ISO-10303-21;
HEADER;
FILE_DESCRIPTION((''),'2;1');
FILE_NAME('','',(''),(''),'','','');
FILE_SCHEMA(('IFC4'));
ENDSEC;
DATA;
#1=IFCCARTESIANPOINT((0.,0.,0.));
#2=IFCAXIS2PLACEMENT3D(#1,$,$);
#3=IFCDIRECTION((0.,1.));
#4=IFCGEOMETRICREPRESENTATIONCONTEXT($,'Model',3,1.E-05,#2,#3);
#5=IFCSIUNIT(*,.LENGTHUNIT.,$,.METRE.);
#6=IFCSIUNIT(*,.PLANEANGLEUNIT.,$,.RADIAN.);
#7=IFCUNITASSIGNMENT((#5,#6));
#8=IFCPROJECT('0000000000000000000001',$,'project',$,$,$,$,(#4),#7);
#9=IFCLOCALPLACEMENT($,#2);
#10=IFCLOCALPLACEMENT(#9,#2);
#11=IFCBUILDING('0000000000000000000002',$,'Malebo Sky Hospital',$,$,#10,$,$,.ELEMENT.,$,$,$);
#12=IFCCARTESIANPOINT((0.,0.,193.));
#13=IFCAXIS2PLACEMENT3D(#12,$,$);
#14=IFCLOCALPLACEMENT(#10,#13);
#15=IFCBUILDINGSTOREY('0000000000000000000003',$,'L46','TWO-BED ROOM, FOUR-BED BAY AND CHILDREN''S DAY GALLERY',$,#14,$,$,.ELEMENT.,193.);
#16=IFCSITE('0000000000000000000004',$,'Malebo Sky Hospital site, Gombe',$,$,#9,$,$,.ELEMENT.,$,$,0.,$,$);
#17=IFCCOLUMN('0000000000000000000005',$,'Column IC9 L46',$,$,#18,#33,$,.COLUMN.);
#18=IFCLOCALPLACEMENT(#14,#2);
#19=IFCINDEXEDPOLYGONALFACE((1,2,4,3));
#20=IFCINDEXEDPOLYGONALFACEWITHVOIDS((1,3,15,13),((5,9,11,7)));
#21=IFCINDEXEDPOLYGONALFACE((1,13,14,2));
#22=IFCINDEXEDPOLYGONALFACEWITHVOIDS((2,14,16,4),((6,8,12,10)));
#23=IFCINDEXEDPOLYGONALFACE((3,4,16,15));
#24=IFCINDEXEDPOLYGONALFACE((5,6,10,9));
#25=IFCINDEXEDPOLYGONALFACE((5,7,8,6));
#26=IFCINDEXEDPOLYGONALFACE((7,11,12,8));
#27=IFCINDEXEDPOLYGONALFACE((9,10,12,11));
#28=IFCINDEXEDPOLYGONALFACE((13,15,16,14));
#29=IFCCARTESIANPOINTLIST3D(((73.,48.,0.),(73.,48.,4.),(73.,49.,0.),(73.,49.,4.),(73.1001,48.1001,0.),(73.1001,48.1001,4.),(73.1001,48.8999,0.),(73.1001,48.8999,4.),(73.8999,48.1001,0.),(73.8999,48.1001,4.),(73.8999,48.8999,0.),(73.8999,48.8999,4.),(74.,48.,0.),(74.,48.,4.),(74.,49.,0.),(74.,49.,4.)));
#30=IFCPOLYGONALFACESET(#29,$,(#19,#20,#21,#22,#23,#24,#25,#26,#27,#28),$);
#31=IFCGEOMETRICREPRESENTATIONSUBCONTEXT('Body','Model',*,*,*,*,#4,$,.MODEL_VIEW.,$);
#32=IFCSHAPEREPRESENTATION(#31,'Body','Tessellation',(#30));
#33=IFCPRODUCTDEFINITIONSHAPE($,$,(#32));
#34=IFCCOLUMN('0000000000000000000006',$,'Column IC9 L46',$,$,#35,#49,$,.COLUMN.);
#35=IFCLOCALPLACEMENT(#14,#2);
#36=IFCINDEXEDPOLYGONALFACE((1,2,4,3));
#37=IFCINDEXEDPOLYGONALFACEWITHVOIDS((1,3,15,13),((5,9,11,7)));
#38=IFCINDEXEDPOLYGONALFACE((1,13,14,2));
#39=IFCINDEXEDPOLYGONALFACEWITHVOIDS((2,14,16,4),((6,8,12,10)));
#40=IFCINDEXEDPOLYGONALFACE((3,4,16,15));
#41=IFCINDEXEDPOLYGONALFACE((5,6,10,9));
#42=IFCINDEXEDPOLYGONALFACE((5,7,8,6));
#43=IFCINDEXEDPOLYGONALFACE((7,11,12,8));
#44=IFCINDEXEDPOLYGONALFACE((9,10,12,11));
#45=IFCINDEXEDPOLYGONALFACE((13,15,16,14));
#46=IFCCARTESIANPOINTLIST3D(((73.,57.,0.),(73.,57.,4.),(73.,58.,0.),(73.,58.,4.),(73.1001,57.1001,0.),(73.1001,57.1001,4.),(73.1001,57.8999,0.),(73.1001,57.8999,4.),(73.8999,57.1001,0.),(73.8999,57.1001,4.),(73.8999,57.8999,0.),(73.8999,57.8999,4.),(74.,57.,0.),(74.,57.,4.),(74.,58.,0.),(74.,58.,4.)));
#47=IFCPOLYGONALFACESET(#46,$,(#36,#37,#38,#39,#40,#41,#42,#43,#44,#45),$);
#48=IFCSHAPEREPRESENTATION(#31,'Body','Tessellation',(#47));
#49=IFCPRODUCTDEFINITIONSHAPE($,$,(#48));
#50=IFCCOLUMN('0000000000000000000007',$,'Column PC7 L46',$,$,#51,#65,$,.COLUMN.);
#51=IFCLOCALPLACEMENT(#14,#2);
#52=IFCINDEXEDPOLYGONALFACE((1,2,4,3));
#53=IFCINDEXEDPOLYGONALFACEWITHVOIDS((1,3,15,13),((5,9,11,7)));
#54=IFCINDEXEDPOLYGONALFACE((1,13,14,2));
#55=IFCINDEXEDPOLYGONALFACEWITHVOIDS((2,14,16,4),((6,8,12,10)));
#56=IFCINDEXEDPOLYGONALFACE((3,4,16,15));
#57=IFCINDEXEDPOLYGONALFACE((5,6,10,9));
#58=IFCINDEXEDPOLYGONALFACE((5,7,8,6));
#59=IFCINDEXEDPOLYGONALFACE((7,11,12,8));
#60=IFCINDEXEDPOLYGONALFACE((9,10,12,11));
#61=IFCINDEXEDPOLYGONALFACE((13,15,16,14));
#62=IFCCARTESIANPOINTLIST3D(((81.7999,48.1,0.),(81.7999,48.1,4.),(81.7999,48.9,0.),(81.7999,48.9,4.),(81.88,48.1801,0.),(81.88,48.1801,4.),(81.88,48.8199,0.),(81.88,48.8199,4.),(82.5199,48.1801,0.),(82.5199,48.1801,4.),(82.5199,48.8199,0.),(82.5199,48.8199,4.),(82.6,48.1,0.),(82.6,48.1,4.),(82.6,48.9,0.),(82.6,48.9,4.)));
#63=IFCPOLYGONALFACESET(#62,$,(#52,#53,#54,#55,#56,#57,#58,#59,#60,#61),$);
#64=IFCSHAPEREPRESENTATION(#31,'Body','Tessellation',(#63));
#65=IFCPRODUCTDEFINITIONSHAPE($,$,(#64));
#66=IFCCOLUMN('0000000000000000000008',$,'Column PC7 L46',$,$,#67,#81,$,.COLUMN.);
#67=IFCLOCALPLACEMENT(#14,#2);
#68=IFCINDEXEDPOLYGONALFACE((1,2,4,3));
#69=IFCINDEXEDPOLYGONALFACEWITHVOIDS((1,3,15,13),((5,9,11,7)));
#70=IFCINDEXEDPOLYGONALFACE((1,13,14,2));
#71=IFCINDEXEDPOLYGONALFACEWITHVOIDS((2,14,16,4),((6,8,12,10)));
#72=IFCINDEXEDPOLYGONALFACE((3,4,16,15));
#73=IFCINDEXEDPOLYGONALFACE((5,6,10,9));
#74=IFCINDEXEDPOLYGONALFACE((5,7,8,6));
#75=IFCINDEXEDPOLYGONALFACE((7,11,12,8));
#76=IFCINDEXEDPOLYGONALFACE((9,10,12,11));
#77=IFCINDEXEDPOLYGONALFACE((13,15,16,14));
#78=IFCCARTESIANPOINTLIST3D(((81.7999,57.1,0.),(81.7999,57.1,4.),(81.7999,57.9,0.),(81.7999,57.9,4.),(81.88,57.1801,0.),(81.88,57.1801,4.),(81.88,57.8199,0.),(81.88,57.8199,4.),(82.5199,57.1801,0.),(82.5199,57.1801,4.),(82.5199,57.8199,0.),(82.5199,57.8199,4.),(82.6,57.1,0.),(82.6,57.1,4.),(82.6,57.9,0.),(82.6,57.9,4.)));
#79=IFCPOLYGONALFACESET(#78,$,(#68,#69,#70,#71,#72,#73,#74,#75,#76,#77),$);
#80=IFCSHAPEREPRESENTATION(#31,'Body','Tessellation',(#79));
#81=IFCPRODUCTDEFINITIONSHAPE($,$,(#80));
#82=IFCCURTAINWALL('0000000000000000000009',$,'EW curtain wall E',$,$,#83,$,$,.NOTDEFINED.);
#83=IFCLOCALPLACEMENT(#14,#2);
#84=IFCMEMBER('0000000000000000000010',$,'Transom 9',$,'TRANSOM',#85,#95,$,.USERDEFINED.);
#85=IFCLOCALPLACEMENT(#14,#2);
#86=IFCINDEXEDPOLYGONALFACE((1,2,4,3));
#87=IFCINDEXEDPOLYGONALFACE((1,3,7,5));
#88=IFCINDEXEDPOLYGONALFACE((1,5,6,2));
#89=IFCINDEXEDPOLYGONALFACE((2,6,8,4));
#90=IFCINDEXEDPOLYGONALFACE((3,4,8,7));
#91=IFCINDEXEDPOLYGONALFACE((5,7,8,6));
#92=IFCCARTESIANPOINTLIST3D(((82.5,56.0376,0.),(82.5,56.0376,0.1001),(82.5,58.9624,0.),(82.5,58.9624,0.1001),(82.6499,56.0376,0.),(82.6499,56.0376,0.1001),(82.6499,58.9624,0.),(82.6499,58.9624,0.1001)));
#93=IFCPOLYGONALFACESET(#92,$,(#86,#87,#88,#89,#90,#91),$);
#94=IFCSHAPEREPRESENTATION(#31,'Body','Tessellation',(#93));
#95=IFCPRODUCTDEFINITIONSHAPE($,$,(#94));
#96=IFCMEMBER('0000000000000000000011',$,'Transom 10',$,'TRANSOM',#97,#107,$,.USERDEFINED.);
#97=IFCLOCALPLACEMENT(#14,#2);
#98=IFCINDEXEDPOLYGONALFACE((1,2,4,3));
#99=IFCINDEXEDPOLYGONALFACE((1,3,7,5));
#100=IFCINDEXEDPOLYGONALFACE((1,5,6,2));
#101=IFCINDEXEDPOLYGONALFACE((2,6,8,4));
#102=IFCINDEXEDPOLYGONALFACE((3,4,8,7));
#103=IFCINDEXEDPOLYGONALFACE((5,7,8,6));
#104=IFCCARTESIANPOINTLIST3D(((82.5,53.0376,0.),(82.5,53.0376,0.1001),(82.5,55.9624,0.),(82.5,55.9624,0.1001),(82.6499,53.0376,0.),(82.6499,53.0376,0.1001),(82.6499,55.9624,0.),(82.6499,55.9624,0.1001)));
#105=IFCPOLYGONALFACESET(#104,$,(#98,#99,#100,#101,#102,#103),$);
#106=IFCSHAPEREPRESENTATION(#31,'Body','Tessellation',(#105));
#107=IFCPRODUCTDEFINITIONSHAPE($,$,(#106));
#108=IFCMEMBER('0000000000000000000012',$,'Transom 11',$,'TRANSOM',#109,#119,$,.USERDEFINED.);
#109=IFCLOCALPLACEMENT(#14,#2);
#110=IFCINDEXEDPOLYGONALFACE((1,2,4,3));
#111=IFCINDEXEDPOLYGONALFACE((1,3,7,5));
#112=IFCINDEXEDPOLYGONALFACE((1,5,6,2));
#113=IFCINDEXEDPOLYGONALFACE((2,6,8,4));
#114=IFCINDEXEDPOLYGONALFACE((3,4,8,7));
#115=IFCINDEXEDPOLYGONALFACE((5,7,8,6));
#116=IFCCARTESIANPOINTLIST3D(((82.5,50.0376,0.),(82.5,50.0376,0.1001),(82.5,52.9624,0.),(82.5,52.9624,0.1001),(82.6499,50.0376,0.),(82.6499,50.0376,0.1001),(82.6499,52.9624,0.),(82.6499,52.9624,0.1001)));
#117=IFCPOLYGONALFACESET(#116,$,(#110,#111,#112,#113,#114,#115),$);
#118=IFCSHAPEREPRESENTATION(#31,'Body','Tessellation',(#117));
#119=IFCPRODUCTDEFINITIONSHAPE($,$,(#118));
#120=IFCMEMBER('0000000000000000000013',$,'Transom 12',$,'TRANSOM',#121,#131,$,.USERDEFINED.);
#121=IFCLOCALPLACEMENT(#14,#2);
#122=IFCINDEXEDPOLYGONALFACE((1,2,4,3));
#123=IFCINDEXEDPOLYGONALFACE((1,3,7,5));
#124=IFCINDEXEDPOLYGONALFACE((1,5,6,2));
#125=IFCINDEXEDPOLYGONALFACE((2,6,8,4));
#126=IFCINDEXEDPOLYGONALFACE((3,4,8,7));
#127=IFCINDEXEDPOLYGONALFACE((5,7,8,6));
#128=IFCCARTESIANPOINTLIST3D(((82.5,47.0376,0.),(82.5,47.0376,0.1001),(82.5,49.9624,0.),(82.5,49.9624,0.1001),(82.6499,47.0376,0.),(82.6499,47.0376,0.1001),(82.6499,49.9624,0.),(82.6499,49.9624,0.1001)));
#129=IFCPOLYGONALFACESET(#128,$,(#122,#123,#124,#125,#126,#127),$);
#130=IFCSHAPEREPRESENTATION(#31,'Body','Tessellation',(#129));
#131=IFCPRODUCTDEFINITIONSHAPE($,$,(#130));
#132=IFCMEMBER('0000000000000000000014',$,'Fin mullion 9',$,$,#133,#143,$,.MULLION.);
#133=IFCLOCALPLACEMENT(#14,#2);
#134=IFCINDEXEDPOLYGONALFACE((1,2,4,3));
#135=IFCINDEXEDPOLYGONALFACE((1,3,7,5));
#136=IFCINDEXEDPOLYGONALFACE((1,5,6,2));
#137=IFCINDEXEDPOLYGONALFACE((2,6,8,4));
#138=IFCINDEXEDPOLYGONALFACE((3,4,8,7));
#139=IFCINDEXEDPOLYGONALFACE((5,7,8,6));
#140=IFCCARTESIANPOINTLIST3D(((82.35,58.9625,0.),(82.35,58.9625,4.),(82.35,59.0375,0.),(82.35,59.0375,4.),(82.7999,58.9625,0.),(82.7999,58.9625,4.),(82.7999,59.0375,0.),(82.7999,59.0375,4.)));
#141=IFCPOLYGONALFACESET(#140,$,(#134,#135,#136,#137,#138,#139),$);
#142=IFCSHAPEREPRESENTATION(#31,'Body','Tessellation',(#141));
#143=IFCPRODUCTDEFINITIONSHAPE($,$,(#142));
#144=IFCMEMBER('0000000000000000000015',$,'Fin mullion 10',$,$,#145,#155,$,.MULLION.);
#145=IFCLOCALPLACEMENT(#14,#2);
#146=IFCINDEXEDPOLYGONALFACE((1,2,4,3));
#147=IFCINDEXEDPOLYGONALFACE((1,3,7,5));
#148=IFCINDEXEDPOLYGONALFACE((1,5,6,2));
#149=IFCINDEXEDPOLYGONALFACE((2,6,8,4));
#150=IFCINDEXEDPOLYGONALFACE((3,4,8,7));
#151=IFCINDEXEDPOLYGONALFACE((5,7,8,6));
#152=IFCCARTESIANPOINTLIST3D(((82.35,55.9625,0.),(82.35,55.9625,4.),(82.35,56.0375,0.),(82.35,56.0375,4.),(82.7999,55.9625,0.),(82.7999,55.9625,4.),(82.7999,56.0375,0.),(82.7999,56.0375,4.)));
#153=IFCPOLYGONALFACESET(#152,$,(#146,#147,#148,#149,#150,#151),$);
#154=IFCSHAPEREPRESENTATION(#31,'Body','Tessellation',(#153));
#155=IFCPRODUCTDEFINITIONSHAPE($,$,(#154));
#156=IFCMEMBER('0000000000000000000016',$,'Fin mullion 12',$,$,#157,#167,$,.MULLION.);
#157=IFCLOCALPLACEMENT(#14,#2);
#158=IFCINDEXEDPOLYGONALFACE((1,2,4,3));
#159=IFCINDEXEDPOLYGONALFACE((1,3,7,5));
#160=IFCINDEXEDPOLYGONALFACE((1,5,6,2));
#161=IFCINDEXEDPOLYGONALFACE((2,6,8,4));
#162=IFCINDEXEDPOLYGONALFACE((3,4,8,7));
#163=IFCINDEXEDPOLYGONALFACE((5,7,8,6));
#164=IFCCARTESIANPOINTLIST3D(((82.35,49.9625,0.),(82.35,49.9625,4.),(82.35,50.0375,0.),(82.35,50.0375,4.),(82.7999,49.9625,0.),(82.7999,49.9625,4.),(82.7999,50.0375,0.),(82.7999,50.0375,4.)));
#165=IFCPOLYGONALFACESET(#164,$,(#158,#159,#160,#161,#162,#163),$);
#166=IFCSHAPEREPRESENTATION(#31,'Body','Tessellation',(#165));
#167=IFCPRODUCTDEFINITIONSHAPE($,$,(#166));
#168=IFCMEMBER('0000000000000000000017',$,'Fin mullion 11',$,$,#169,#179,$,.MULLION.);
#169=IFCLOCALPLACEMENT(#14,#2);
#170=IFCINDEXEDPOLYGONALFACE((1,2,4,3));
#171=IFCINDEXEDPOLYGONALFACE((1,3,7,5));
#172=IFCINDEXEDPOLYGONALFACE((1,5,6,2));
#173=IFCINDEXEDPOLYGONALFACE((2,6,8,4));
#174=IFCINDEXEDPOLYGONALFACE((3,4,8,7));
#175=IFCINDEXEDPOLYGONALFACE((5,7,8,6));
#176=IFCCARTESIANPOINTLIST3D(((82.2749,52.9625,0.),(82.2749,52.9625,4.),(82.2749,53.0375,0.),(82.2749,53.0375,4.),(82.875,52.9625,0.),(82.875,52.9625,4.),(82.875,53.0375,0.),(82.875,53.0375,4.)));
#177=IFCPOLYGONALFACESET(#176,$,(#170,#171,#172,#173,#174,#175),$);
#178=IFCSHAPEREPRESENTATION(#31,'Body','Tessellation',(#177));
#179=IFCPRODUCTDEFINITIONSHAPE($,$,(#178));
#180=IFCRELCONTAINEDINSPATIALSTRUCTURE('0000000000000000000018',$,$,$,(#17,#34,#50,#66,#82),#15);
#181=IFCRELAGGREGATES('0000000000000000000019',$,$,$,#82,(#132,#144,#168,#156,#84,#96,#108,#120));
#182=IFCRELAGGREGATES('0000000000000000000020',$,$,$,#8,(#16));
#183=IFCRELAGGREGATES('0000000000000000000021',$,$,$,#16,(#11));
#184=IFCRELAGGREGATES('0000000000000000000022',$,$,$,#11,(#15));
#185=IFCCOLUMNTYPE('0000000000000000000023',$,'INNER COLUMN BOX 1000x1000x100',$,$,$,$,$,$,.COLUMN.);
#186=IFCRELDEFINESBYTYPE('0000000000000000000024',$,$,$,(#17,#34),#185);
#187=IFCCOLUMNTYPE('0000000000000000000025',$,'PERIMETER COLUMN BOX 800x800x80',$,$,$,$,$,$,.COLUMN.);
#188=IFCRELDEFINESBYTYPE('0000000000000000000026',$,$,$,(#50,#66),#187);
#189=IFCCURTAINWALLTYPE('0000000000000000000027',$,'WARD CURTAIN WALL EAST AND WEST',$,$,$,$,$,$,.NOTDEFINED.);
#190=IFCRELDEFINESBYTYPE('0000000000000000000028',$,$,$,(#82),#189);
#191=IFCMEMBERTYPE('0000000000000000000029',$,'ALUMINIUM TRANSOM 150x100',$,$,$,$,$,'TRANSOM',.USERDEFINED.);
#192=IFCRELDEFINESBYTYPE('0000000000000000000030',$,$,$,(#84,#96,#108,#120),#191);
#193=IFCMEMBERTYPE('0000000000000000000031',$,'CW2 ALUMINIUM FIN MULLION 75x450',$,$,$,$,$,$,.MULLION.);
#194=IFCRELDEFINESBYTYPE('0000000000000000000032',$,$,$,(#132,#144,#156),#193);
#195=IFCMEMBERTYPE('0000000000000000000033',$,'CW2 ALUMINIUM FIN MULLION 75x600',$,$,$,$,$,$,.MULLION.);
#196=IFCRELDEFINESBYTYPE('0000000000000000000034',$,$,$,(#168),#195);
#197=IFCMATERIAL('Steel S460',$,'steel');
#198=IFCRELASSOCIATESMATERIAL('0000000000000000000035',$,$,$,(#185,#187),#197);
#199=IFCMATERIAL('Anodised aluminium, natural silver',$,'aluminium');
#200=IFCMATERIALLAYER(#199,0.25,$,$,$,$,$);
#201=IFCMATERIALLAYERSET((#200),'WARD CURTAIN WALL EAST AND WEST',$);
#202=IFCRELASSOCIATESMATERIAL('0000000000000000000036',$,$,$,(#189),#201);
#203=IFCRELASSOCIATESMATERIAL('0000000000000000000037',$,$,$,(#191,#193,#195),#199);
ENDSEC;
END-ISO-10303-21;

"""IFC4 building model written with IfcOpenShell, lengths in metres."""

from ifc_helpers import new_model, si_unit, direction, frame, origin, origin_2d, place, context, subcontext, project, spatial, rectangle, hollow_rectangle, extrude, material, layer, layer_set, material_profile, profile_set, type_object, element, aggregate, save


model = new_model("IFC4")

# Units and contexts
model_context = context("Model", 3, precision=1e-05, world=origin(), true_north=direction((0.0, 1.0)))
body_context = subcontext(model_context, "Body", "Model", "MODEL_VIEW")
ifc_project = project(units=[si_unit("LENGTHUNIT", "METRE"), si_unit("PLANEANGLEUNIT", "RADIAN")], contexts=[model_context])

# Site, building, storey
site_placement = place(None, origin())
site = spatial("IfcSite", under=ifc_project, at=site_placement, Name="Malebo Sky Hospital site, Gombe", CompositionType="ELEMENT", RefElevation=0.0)
building_placement = place(site_placement, origin())
building = spatial("IfcBuilding", under=site, at=building_placement, Name="Malebo Sky Hospital", CompositionType="ELEMENT")
storey_placement = place(building_placement, frame((0.0, 0.0, 193.0)))
storey = spatial("IfcBuildingStorey", under=building, at=storey_placement, Name="L46", Description="TWO-BED ROOM, FOUR-BED BAY AND CHILDREN'S DAY GALLERY", CompositionType="ELEMENT", Elevation=193.0)

# Columns
ifc_material_1 = material(Name="Steel S460", Category="steel")
ifc_material_profile_1 = material_profile(ifc_material_1, hollow_rectangle(XDim=1.0, YDim=1.0, WallThickness=0.1001, at=origin_2d()), Name="BOX 1000x1000x100")
ifc_profile_set_1 = profile_set([ifc_material_profile_1], Name="Steel S460")
column_type_1 = type_object("IfcColumnType", Name="INNER COLUMN BOX 1000x1000x100", PredefinedType="COLUMN", material=ifc_profile_set_1)
for number, where, z_axis, x_axis, name in (
    (1, (73.5, 48.5, 0.0), (0.0, 0.0, 1.0), (1.0, 0.0, 0.0), "Column IC9 L46"),
    (2, (73.5, 57.5, 0.0), (0.0, 0.0, 1.0), (1.0, 0.0, 0.0), "Column IC9 L46"),
):
    element("IfcColumn", number, at=place(storey_placement, frame(where, z_axis=z_axis, x_axis=x_axis)), inside=storey, type_object=column_type_1, Name=name, PredefinedType="COLUMN", context=body_context, shape_type="SweptSolid", body=[
        extrude(hollow_rectangle(XDim=1.0, YDim=1.0, WallThickness=0.1001, at=origin_2d()), origin(), (0.0, 0.0, 1.0), 4.0),
    ])
ifc_material_profile_2 = material_profile(ifc_material_1, hollow_rectangle(XDim=0.8, YDim=0.8, WallThickness=0.0801, at=origin_2d()), Name="BOX 800x800x80")
ifc_profile_set_2 = profile_set([ifc_material_profile_2], Name="Steel S460")
column_type_2 = type_object("IfcColumnType", Name="PERIMETER COLUMN BOX 800x800x80", PredefinedType="COLUMN", material=ifc_profile_set_2)
for number, where, z_axis, x_axis, name in (
    (3, (82.2, 48.5, 0.0), (0.0, 0.0, 1.0), (1.0, 0.0, 0.0), "Column PC7 L46"),
    (4, (82.2, 57.5, 0.0), (0.0, 0.0, 1.0), (1.0, 0.0, 0.0), "Column PC7 L46"),
):
    element("IfcColumn", number, at=place(storey_placement, frame(where, z_axis=z_axis, x_axis=x_axis)), inside=storey, type_object=column_type_2, Name=name, PredefinedType="COLUMN", context=body_context, shape_type="SweptSolid", body=[
        extrude(hollow_rectangle(XDim=0.8, YDim=0.8, WallThickness=0.0801, at=origin_2d()), origin(), (0.0, 0.0, 1.0), 4.0),
    ])

# Curtain wall, members
ifc_material_2 = material(Name="Anodised aluminium, natural silver", Category="aluminium")
ifc_layer_1 = layer(ifc_material_2, 0.25)
ifc_layer_set_1 = layer_set([ifc_layer_1], Name="WARD CURTAIN WALL EAST AND WEST")
curtain_wall_type = type_object("IfcCurtainWallType", Name="WARD CURTAIN WALL EAST AND WEST", PredefinedType="NOTDEFINED", material=ifc_layer_set_1)
curtain_wall_placement = place(storey_placement, origin())
curtain_wall = element("IfcCurtainWall", 5, at=curtain_wall_placement, inside=storey, type_object=curtain_wall_type, Name="EW curtain wall E", PredefinedType="NOTDEFINED")
ifc_material_profile_3 = material_profile(ifc_material_2, rectangle(XDim=0.1499, YDim=0.1001, at=origin_2d()), Name="ALUMINIUM TRANSOM 150x100")
ifc_profile_set_3 = profile_set([ifc_material_profile_3], Name="Anodised aluminium, natural silver")
member_type_1 = type_object("IfcMemberType", Name="ALUMINIUM TRANSOM 150x100", ElementType="TRANSOM", PredefinedType="USERDEFINED", material=ifc_profile_set_3)
member_1_placement = place(storey_placement, frame((82.575, 58.9624, 0.05), z_axis=(0.0, -1.0, 0.0), x_axis=(1.0, 0.0, 0.0)))
member_1 = element("IfcMember", 6, at=member_1_placement, type_object=member_type_1, Name="Transom 9", ObjectType="TRANSOM", PredefinedType="USERDEFINED", context=body_context, shape_type="SweptSolid", body=[
    extrude(rectangle(XDim=0.1499, YDim=0.1001, at=origin_2d()), origin(), (0.0, 0.0, 1.0), 2.9248),
])
member_2_placement = place(storey_placement, frame((82.575, 55.9624, 0.05), z_axis=(0.0, -1.0, 0.0), x_axis=(1.0, 0.0, 0.0)))
member_2 = element("IfcMember", 7, at=member_2_placement, type_object=member_type_1, Name="Transom 10", ObjectType="TRANSOM", PredefinedType="USERDEFINED", context=body_context, shape_type="SweptSolid", body=[
    extrude(rectangle(XDim=0.1499, YDim=0.1001, at=origin_2d()), origin(), (0.0, 0.0, 1.0), 2.9248),
])
member_3_placement = place(storey_placement, frame((82.575, 52.9624, 0.05), z_axis=(0.0, -1.0, 0.0), x_axis=(1.0, 0.0, 0.0)))
member_3 = element("IfcMember", 8, at=member_3_placement, type_object=member_type_1, Name="Transom 11", ObjectType="TRANSOM", PredefinedType="USERDEFINED", context=body_context, shape_type="SweptSolid", body=[
    extrude(rectangle(XDim=0.1499, YDim=0.1001, at=origin_2d()), origin(), (0.0, 0.0, 1.0), 2.9248),
])
member_4_placement = place(storey_placement, frame((82.575, 49.9624, 0.05), z_axis=(0.0, -1.0, 0.0), x_axis=(1.0, 0.0, 0.0)))
member_4 = element("IfcMember", 9, at=member_4_placement, type_object=member_type_1, Name="Transom 12", ObjectType="TRANSOM", PredefinedType="USERDEFINED", context=body_context, shape_type="SweptSolid", body=[
    extrude(rectangle(XDim=0.1499, YDim=0.1001, at=origin_2d()), origin(), (0.0, 0.0, 1.0), 2.9248),
])
ifc_material_profile_4 = material_profile(ifc_material_2, rectangle(XDim=0.075, YDim=0.45, at=origin_2d()), Name="CW2 ALUMINIUM FIN MULLION 75x450")
ifc_profile_set_4 = profile_set([ifc_material_profile_4], Name="Anodised aluminium, natural silver")
member_type_2 = type_object("IfcMemberType", Name="CW2 ALUMINIUM FIN MULLION 75x450", PredefinedType="MULLION", material=ifc_profile_set_4)
member_5_placement = place(storey_placement, frame((82.575, 59.0, 0.0), z_axis=(0.0, 0.0, 1.0), x_axis=(0.0, -1.0, 0.0)))
member_5 = element("IfcMember", 10, at=member_5_placement, type_object=member_type_2, Name="Fin mullion 9", PredefinedType="MULLION", context=body_context, shape_type="SweptSolid", body=[
    extrude(rectangle(XDim=0.075, YDim=0.45, at=origin_2d()), origin(), (0.0, 0.0, 1.0), 4.0),
])
member_6_placement = place(storey_placement, frame((82.575, 56.0, 0.0), z_axis=(0.0, 0.0, 1.0), x_axis=(0.0, -1.0, 0.0)))
member_6 = element("IfcMember", 11, at=member_6_placement, type_object=member_type_2, Name="Fin mullion 10", PredefinedType="MULLION", context=body_context, shape_type="SweptSolid", body=[
    extrude(rectangle(XDim=0.075, YDim=0.45, at=origin_2d()), origin(), (0.0, 0.0, 1.0), 4.0),
])
member_7_placement = place(storey_placement, frame((82.575, 50.0, 0.0), z_axis=(0.0, 0.0, 1.0), x_axis=(0.0, -1.0, 0.0)))
member_7 = element("IfcMember", 12, at=member_7_placement, type_object=member_type_2, Name="Fin mullion 12", PredefinedType="MULLION", context=body_context, shape_type="SweptSolid", body=[
    extrude(rectangle(XDim=0.075, YDim=0.45, at=origin_2d()), origin(), (0.0, 0.0, 1.0), 4.0),
])
ifc_material_profile_5 = material_profile(ifc_material_2, rectangle(XDim=0.075, YDim=0.6001, at=origin_2d()), Name="CW2 ALUMINIUM FIN MULLION 75x600")
ifc_profile_set_5 = profile_set([ifc_material_profile_5], Name="Anodised aluminium, natural silver")
member_type_3 = type_object("IfcMemberType", Name="CW2 ALUMINIUM FIN MULLION 75x600", PredefinedType="MULLION", material=ifc_profile_set_5)
member_8_placement = place(storey_placement, frame((82.575, 53.0, 0.0), z_axis=(0.0, 0.0, 1.0), x_axis=(0.0, -1.0, 0.0)))
member_8 = element("IfcMember", 13, at=member_8_placement, type_object=member_type_3, Name="Fin mullion 11", PredefinedType="MULLION", context=body_context, shape_type="SweptSolid", body=[
    extrude(rectangle(XDim=0.075, YDim=0.6001, at=origin_2d()), origin(), (0.0, 0.0, 1.0), 4.0),
])

aggregate(curtain_wall, [member_5, member_6, member_8, member_7, member_1, member_2, member_3, member_4])

save(model, "model.ifc")
